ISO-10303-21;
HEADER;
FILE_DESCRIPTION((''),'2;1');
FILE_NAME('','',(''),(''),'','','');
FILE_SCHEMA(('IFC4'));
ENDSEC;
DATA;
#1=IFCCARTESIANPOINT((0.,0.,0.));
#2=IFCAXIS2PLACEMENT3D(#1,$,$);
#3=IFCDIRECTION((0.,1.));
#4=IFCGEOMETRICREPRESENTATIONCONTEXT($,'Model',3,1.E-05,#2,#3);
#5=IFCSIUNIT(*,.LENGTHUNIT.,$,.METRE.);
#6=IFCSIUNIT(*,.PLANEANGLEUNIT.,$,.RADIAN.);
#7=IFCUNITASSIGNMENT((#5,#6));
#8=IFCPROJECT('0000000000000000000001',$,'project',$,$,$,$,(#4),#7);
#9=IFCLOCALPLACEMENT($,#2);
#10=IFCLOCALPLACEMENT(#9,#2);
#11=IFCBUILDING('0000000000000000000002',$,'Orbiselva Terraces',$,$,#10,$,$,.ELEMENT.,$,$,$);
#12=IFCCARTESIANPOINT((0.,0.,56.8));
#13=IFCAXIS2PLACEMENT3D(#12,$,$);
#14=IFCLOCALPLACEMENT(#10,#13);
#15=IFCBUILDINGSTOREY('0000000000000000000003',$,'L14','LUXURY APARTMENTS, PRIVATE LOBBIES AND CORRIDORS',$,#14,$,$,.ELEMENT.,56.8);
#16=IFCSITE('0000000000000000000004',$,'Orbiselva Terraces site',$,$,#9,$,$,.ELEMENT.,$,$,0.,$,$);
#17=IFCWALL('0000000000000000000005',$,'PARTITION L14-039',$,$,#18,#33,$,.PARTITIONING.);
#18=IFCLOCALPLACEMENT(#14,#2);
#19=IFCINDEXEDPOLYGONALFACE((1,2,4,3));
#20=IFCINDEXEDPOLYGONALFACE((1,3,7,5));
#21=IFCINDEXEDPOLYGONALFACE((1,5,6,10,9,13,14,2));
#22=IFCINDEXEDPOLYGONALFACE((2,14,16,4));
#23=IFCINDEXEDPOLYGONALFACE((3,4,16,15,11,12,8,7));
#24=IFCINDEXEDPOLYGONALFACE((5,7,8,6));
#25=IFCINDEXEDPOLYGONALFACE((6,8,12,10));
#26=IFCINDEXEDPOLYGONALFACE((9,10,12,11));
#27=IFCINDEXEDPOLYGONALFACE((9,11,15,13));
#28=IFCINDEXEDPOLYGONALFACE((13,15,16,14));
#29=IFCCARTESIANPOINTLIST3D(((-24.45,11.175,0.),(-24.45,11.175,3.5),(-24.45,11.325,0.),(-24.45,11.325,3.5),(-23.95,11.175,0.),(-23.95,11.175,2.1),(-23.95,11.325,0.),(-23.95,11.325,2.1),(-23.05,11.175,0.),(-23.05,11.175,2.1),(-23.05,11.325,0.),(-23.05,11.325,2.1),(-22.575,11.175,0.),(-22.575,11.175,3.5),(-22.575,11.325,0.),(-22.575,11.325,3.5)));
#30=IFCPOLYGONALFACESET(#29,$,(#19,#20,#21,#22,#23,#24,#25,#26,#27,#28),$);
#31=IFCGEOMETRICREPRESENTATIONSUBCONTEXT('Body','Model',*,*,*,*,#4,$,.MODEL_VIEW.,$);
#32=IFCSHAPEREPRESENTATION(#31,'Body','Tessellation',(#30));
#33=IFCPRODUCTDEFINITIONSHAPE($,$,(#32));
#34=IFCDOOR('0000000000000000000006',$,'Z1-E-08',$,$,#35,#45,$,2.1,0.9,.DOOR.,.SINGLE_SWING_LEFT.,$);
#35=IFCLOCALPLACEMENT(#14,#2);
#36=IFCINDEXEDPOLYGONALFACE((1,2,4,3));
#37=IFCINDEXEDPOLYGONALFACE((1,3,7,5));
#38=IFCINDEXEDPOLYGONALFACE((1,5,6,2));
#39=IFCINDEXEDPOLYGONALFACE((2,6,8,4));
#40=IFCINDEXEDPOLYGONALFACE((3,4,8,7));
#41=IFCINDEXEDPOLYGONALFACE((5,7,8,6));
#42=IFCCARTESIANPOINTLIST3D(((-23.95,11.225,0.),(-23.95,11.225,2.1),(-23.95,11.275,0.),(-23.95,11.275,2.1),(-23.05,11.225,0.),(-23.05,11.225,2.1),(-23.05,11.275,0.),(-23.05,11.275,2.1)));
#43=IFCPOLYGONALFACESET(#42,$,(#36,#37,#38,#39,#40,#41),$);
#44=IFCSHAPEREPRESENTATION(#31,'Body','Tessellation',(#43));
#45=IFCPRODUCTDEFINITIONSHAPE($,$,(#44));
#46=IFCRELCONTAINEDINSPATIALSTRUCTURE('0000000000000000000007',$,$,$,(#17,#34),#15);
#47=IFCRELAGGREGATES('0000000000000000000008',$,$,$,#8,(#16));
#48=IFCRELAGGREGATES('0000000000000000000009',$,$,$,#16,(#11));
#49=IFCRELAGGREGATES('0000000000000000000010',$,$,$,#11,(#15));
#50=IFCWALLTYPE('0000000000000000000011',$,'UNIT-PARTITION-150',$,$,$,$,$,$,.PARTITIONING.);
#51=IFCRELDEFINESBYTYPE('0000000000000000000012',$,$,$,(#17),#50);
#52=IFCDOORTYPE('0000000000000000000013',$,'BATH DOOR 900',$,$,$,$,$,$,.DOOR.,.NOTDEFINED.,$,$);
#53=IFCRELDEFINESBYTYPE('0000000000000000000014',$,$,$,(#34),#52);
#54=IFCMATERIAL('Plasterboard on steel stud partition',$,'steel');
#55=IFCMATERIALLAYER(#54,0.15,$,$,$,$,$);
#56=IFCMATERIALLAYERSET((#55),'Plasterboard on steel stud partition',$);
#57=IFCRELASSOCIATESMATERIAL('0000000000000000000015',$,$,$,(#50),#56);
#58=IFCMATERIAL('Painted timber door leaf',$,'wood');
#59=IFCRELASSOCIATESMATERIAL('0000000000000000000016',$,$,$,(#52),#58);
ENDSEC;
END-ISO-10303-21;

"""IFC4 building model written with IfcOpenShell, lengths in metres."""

from ifc_helpers import new_model, si_unit, direction, frame, frame_2d, origin, place, context, subcontext, project, spatial, rectangle, extrude, material, layer, layer_set, type_object, element, fill, save


model = new_model("IFC4")

# Units and contexts
model_context = context("Model", 3, precision=1e-05, world=origin(), true_north=direction((0.0, 1.0)))
body_context = subcontext(model_context, "Body", "Model", "MODEL_VIEW")
ifc_project = project(units=[si_unit("LENGTHUNIT", "METRE"), si_unit("PLANEANGLEUNIT", "RADIAN")], contexts=[model_context])

# Site, building, storey
site_placement = place(None, origin())
site = spatial("IfcSite", under=ifc_project, at=site_placement, Name="Orbiselva Terraces site", CompositionType="ELEMENT", RefElevation=0.0)
building_placement = place(site_placement, origin())
building = spatial("IfcBuilding", under=site, at=building_placement, Name="Orbiselva Terraces", CompositionType="ELEMENT")
storey_placement = place(building_placement, frame((0.0, 0.0, 56.8)))
storey = spatial("IfcBuildingStorey", under=building, at=storey_placement, Name="L14", Description="LUXURY APARTMENTS, PRIVATE LOBBIES AND CORRIDORS", CompositionType="ELEMENT", Elevation=56.8)

# Shared definitions
ifc_material_1 = material(Name="Plasterboard on steel stud partition", Category="steel")
ifc_material_2 = material(Name="Painted timber door leaf", Category="wood")
ifc_layer_1 = layer(ifc_material_1, 0.15)
ifc_layer_set_1 = layer_set([ifc_layer_1], Name="Plasterboard on steel stud partition")
wall_type_1 = type_object("IfcWallType", Name="UNIT-PARTITION-150", PredefinedType="PARTITIONING", material=ifc_layer_set_1)
door_type_1 = type_object("IfcDoorType", Name="BATH DOOR 900", OperationType="NOTDEFINED", PredefinedType="DOOR", material=ifc_material_2)

# Wall, opening, door
wall_1_placement = place(storey_placement, frame((-22.575, 11.25, 0.0), z_axis=(0.0, 0.0, 1.0), x_axis=(-1.0, 0.0, 0.0)))
wall_1 = element("IfcWall", 1, at=wall_1_placement, inside=storey, type_object=wall_type_1, Name="PARTITION L14-039", PredefinedType="PARTITIONING", context=body_context, shape_type="SweptSolid", body=[
    extrude(rectangle(XDim=1.875, YDim=0.15, at=frame_2d((0.9375, 0.0))), origin(), (0.0, 0.0, 1.0), 3.5),
])
opening_1_placement = place(wall_1_placement, frame((0.475, 0.0, 0.0)))
opening_1 = element("IfcOpeningElement", 2, at=opening_1_placement, cuts=wall_1, PredefinedType="OPENING", context=body_context, shape_type="SweptSolid", body=[
    extrude(rectangle(XDim=0.9, YDim=2.1, at=frame_2d((0.45, 1.05))), frame((0.0, 0.085, 0.0), z_axis=(0.0, -1.0, 0.0), x_axis=(1.0, 0.0, 0.0)), (0.0, 0.0, 1.0), 0.17),
])
door_1_placement = place(opening_1_placement, origin())
door_1 = element("IfcDoor", 3, at=door_1_placement, inside=storey, type_object=door_type_1, Name="Z1-E-08", OperationType="SINGLE_SWING_LEFT", OverallHeight=2.1, OverallWidth=0.9, PredefinedType="DOOR", context=body_context, shape_type="SweptSolid", body=[
    extrude(rectangle(XDim=0.9, YDim=2.1, at=frame_2d((0.45, 1.05))), frame((0.0, 0.025, 0.0), z_axis=(0.0, -1.0, 0.0), x_axis=(1.0, 0.0, 0.0)), (0.0, 0.0, 1.0), 0.05),
])
fill(opening_1, door_1)

save(model, "model.ifc")
